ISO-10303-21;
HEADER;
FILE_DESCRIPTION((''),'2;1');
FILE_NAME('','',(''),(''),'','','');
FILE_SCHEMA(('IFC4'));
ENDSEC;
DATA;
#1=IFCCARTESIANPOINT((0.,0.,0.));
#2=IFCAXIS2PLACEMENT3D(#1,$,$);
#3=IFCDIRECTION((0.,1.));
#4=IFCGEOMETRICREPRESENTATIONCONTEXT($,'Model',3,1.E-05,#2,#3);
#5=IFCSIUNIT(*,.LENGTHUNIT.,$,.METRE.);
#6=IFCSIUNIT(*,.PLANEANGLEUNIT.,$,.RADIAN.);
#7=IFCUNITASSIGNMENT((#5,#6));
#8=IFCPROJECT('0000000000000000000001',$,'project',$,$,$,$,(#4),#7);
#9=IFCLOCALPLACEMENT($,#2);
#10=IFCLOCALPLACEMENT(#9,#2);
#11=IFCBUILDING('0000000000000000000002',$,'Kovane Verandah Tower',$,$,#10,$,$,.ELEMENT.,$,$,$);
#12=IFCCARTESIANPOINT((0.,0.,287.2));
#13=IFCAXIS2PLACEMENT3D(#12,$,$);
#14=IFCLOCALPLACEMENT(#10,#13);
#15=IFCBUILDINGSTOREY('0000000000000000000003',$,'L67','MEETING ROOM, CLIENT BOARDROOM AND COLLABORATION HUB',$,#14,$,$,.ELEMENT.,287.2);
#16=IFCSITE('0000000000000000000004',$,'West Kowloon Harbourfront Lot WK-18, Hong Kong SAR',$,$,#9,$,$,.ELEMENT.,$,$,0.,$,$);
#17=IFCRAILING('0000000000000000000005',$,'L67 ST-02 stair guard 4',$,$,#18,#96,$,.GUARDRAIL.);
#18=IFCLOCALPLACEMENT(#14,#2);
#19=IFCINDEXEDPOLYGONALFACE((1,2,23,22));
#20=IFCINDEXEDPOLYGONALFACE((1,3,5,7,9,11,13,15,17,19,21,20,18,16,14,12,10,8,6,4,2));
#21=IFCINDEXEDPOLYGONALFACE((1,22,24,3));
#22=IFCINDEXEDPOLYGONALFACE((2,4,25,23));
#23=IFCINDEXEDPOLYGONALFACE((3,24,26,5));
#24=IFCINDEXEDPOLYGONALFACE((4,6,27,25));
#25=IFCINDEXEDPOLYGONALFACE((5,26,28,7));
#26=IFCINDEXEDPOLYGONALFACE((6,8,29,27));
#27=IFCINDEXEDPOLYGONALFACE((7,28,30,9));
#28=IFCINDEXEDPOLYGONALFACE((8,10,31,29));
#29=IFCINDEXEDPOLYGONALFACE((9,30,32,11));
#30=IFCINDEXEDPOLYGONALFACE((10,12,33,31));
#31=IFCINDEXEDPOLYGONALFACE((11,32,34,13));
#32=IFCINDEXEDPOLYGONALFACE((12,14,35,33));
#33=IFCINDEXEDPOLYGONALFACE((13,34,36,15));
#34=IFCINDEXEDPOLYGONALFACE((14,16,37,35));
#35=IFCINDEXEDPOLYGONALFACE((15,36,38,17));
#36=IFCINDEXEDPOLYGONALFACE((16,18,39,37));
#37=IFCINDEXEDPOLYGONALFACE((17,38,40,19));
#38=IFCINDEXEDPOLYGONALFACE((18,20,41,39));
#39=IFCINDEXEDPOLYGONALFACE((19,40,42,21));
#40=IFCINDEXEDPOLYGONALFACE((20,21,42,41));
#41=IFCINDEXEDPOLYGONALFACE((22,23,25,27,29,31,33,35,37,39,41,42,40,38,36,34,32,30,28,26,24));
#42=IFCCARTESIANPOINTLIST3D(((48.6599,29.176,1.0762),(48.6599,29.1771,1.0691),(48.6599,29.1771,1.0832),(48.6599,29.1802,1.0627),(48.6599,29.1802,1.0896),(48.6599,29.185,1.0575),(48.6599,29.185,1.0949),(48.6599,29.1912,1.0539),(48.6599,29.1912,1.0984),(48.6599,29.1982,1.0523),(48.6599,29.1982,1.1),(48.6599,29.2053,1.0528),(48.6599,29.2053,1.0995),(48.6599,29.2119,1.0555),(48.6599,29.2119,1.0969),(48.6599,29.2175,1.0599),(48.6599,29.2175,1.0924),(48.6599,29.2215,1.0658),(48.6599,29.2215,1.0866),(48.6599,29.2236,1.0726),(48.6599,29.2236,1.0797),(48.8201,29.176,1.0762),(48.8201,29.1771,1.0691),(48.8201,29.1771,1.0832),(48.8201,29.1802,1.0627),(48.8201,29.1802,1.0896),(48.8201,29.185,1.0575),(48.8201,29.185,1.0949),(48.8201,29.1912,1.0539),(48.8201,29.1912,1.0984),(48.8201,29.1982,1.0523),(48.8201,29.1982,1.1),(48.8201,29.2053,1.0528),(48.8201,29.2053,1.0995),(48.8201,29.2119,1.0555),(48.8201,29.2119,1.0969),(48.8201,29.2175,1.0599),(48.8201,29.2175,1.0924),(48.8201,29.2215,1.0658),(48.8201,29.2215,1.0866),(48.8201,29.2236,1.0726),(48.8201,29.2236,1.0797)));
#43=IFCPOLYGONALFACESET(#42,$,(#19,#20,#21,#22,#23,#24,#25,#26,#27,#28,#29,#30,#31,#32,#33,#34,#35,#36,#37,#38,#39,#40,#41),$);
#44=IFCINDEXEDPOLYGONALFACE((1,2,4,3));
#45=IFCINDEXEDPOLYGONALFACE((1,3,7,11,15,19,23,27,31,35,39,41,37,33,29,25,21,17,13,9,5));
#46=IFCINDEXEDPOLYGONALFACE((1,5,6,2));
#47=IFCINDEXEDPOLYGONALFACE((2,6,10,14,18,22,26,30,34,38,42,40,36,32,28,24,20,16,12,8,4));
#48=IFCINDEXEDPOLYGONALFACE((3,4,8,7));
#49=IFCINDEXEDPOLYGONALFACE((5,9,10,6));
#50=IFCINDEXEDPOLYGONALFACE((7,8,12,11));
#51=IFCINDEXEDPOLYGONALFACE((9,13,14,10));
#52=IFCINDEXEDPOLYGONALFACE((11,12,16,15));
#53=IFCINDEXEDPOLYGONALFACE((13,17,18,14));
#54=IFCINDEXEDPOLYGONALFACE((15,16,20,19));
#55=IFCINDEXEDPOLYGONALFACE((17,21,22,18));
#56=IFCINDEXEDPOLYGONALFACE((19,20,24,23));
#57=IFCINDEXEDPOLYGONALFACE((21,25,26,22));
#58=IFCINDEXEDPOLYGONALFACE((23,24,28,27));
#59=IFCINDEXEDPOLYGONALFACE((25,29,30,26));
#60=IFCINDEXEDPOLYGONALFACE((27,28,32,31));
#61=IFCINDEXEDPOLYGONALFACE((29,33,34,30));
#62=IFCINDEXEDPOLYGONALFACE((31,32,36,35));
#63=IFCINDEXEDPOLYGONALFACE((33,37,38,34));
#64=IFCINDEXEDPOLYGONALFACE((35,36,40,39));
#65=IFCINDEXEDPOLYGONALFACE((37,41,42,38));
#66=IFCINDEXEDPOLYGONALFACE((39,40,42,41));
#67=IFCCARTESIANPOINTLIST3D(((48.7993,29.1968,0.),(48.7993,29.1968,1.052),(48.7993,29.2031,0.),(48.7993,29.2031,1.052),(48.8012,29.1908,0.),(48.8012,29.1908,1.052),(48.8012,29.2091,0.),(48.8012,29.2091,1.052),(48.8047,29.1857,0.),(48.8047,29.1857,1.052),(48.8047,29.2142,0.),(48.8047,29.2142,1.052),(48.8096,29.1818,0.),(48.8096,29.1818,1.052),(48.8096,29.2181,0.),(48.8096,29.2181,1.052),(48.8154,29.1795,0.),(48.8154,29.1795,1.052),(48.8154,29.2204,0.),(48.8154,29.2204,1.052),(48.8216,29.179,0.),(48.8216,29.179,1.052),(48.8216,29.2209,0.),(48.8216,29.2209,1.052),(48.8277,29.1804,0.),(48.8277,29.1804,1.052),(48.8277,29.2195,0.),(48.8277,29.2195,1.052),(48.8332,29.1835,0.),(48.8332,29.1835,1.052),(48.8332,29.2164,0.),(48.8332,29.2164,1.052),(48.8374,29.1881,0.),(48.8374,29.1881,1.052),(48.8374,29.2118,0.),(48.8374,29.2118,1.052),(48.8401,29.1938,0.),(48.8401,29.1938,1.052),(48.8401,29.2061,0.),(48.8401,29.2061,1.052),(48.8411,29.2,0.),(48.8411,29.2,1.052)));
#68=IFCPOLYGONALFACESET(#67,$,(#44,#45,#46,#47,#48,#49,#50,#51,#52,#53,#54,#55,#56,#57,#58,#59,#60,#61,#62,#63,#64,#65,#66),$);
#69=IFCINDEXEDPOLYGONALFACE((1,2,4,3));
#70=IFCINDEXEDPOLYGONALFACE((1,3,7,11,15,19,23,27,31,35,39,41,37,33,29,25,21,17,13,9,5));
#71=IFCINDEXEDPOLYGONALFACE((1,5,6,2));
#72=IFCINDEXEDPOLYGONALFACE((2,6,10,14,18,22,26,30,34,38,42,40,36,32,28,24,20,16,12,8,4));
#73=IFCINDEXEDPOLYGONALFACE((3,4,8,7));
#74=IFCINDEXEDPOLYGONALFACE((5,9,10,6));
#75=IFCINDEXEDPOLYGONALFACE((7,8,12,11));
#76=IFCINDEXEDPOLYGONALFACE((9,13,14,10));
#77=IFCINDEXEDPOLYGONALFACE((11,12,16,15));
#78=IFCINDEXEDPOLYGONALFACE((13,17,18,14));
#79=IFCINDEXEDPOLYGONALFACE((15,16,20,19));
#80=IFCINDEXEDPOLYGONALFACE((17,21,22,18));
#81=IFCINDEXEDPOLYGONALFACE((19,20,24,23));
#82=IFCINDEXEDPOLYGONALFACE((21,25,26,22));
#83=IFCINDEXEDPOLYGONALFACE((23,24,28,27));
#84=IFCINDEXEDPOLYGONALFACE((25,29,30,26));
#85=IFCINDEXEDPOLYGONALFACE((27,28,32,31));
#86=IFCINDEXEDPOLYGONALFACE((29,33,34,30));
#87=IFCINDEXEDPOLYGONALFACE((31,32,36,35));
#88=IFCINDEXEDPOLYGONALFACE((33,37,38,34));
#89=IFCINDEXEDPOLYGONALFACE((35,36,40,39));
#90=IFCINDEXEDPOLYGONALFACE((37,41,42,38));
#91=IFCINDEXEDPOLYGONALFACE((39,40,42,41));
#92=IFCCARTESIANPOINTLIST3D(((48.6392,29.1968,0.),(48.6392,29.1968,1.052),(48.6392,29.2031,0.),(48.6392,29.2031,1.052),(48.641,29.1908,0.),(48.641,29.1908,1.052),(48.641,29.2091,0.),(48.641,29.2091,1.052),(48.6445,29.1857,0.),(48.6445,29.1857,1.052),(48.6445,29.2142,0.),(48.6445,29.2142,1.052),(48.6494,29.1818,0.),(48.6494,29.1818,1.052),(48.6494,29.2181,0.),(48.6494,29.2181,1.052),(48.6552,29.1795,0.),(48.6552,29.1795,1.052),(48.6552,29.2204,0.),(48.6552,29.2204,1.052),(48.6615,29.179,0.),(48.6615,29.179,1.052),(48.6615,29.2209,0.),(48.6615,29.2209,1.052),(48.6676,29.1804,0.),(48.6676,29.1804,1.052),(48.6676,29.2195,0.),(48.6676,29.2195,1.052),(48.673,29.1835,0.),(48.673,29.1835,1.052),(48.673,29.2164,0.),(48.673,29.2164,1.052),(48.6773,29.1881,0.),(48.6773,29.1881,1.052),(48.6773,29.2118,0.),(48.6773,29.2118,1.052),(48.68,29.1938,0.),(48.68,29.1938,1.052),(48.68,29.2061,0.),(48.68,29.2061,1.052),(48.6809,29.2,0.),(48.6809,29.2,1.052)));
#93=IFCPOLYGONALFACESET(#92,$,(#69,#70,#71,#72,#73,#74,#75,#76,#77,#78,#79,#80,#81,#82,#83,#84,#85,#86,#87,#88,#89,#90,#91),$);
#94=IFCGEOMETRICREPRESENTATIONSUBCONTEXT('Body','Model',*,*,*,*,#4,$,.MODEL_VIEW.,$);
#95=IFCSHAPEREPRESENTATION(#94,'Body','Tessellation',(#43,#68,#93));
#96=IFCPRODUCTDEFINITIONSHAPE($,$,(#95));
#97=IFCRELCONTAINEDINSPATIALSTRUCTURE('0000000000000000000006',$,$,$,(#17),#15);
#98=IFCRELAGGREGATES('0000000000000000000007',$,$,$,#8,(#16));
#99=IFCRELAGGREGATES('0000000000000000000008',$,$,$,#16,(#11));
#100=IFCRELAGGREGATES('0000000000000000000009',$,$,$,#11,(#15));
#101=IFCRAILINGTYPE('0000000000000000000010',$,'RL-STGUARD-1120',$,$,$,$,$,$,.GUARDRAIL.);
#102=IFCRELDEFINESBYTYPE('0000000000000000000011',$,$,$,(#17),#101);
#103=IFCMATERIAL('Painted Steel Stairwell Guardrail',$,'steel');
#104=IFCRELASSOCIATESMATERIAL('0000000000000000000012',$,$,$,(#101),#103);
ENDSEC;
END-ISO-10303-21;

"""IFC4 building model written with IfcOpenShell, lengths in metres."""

from ifc_helpers import new_model, si_unit, direction, frame, origin, origin_2d, place, context, subcontext, project, spatial, circle, extrude, material, type_object, element, save


model = new_model("IFC4")

# Units and contexts
model_context = context("Model", 3, precision=1e-05, world=origin(), true_north=direction((0.0, 1.0)))
body_context = subcontext(model_context, "Body", "Model", "MODEL_VIEW")
ifc_project = project(units=[si_unit("LENGTHUNIT", "METRE"), si_unit("PLANEANGLEUNIT", "RADIAN")], contexts=[model_context])

# Site, building, storey
site_placement = place(None, origin())
site = spatial("IfcSite", under=ifc_project, at=site_placement, Name="West Kowloon Harbourfront Lot WK-18, Hong Kong SAR", CompositionType="ELEMENT", RefElevation=0.0)
building_placement = place(site_placement, origin())
building = spatial("IfcBuilding", under=site, at=building_placement, Name="Kovane Verandah Tower", CompositionType="ELEMENT")
storey_placement = place(building_placement, frame((0.0, 0.0, 287.2)))
storey = spatial("IfcBuildingStorey", under=building, at=storey_placement, Name="L67", Description="MEETING ROOM, CLIENT BOARDROOM AND COLLABORATION HUB", CompositionType="ELEMENT", Elevation=287.2)

# Railing
ifc_material_1 = material(Name="Painted Steel Stairwell Guardrail", Category="steel")
railing_type_1 = type_object("IfcRailingType", Name="RL-STGUARD-1120", PredefinedType="GUARDRAIL", material=ifc_material_1)
railing_1_placement = place(storey_placement, frame((48.8201, 29.2, 0.0)))
element("IfcRailing", 1, at=railing_1_placement, inside=storey, type_object=railing_type_1, Name="L67 ST-02 stair guard 4", PredefinedType="GUARDRAIL", context=body_context, shape_type="SweptSolid", body=[
    extrude(circle(Radius=0.0239, at=origin_2d()), frame((0.0, 0.0, 1.0762), z_axis=(-1.0, 0.0, 0.0), x_axis=(0.0, -1.0, 0.0)), (0.0, 0.0, 1.0), 0.1602),
    extrude(circle(Radius=0.021, at=origin_2d()), origin(), (0.0, 0.0, 1.0), 1.052),
    extrude(circle(Radius=0.021, at=origin_2d()), frame((-0.1602, 0.0, 0.0)), (0.0, 0.0, 1.0), 1.052),
])

save(model, "model.ifc")
